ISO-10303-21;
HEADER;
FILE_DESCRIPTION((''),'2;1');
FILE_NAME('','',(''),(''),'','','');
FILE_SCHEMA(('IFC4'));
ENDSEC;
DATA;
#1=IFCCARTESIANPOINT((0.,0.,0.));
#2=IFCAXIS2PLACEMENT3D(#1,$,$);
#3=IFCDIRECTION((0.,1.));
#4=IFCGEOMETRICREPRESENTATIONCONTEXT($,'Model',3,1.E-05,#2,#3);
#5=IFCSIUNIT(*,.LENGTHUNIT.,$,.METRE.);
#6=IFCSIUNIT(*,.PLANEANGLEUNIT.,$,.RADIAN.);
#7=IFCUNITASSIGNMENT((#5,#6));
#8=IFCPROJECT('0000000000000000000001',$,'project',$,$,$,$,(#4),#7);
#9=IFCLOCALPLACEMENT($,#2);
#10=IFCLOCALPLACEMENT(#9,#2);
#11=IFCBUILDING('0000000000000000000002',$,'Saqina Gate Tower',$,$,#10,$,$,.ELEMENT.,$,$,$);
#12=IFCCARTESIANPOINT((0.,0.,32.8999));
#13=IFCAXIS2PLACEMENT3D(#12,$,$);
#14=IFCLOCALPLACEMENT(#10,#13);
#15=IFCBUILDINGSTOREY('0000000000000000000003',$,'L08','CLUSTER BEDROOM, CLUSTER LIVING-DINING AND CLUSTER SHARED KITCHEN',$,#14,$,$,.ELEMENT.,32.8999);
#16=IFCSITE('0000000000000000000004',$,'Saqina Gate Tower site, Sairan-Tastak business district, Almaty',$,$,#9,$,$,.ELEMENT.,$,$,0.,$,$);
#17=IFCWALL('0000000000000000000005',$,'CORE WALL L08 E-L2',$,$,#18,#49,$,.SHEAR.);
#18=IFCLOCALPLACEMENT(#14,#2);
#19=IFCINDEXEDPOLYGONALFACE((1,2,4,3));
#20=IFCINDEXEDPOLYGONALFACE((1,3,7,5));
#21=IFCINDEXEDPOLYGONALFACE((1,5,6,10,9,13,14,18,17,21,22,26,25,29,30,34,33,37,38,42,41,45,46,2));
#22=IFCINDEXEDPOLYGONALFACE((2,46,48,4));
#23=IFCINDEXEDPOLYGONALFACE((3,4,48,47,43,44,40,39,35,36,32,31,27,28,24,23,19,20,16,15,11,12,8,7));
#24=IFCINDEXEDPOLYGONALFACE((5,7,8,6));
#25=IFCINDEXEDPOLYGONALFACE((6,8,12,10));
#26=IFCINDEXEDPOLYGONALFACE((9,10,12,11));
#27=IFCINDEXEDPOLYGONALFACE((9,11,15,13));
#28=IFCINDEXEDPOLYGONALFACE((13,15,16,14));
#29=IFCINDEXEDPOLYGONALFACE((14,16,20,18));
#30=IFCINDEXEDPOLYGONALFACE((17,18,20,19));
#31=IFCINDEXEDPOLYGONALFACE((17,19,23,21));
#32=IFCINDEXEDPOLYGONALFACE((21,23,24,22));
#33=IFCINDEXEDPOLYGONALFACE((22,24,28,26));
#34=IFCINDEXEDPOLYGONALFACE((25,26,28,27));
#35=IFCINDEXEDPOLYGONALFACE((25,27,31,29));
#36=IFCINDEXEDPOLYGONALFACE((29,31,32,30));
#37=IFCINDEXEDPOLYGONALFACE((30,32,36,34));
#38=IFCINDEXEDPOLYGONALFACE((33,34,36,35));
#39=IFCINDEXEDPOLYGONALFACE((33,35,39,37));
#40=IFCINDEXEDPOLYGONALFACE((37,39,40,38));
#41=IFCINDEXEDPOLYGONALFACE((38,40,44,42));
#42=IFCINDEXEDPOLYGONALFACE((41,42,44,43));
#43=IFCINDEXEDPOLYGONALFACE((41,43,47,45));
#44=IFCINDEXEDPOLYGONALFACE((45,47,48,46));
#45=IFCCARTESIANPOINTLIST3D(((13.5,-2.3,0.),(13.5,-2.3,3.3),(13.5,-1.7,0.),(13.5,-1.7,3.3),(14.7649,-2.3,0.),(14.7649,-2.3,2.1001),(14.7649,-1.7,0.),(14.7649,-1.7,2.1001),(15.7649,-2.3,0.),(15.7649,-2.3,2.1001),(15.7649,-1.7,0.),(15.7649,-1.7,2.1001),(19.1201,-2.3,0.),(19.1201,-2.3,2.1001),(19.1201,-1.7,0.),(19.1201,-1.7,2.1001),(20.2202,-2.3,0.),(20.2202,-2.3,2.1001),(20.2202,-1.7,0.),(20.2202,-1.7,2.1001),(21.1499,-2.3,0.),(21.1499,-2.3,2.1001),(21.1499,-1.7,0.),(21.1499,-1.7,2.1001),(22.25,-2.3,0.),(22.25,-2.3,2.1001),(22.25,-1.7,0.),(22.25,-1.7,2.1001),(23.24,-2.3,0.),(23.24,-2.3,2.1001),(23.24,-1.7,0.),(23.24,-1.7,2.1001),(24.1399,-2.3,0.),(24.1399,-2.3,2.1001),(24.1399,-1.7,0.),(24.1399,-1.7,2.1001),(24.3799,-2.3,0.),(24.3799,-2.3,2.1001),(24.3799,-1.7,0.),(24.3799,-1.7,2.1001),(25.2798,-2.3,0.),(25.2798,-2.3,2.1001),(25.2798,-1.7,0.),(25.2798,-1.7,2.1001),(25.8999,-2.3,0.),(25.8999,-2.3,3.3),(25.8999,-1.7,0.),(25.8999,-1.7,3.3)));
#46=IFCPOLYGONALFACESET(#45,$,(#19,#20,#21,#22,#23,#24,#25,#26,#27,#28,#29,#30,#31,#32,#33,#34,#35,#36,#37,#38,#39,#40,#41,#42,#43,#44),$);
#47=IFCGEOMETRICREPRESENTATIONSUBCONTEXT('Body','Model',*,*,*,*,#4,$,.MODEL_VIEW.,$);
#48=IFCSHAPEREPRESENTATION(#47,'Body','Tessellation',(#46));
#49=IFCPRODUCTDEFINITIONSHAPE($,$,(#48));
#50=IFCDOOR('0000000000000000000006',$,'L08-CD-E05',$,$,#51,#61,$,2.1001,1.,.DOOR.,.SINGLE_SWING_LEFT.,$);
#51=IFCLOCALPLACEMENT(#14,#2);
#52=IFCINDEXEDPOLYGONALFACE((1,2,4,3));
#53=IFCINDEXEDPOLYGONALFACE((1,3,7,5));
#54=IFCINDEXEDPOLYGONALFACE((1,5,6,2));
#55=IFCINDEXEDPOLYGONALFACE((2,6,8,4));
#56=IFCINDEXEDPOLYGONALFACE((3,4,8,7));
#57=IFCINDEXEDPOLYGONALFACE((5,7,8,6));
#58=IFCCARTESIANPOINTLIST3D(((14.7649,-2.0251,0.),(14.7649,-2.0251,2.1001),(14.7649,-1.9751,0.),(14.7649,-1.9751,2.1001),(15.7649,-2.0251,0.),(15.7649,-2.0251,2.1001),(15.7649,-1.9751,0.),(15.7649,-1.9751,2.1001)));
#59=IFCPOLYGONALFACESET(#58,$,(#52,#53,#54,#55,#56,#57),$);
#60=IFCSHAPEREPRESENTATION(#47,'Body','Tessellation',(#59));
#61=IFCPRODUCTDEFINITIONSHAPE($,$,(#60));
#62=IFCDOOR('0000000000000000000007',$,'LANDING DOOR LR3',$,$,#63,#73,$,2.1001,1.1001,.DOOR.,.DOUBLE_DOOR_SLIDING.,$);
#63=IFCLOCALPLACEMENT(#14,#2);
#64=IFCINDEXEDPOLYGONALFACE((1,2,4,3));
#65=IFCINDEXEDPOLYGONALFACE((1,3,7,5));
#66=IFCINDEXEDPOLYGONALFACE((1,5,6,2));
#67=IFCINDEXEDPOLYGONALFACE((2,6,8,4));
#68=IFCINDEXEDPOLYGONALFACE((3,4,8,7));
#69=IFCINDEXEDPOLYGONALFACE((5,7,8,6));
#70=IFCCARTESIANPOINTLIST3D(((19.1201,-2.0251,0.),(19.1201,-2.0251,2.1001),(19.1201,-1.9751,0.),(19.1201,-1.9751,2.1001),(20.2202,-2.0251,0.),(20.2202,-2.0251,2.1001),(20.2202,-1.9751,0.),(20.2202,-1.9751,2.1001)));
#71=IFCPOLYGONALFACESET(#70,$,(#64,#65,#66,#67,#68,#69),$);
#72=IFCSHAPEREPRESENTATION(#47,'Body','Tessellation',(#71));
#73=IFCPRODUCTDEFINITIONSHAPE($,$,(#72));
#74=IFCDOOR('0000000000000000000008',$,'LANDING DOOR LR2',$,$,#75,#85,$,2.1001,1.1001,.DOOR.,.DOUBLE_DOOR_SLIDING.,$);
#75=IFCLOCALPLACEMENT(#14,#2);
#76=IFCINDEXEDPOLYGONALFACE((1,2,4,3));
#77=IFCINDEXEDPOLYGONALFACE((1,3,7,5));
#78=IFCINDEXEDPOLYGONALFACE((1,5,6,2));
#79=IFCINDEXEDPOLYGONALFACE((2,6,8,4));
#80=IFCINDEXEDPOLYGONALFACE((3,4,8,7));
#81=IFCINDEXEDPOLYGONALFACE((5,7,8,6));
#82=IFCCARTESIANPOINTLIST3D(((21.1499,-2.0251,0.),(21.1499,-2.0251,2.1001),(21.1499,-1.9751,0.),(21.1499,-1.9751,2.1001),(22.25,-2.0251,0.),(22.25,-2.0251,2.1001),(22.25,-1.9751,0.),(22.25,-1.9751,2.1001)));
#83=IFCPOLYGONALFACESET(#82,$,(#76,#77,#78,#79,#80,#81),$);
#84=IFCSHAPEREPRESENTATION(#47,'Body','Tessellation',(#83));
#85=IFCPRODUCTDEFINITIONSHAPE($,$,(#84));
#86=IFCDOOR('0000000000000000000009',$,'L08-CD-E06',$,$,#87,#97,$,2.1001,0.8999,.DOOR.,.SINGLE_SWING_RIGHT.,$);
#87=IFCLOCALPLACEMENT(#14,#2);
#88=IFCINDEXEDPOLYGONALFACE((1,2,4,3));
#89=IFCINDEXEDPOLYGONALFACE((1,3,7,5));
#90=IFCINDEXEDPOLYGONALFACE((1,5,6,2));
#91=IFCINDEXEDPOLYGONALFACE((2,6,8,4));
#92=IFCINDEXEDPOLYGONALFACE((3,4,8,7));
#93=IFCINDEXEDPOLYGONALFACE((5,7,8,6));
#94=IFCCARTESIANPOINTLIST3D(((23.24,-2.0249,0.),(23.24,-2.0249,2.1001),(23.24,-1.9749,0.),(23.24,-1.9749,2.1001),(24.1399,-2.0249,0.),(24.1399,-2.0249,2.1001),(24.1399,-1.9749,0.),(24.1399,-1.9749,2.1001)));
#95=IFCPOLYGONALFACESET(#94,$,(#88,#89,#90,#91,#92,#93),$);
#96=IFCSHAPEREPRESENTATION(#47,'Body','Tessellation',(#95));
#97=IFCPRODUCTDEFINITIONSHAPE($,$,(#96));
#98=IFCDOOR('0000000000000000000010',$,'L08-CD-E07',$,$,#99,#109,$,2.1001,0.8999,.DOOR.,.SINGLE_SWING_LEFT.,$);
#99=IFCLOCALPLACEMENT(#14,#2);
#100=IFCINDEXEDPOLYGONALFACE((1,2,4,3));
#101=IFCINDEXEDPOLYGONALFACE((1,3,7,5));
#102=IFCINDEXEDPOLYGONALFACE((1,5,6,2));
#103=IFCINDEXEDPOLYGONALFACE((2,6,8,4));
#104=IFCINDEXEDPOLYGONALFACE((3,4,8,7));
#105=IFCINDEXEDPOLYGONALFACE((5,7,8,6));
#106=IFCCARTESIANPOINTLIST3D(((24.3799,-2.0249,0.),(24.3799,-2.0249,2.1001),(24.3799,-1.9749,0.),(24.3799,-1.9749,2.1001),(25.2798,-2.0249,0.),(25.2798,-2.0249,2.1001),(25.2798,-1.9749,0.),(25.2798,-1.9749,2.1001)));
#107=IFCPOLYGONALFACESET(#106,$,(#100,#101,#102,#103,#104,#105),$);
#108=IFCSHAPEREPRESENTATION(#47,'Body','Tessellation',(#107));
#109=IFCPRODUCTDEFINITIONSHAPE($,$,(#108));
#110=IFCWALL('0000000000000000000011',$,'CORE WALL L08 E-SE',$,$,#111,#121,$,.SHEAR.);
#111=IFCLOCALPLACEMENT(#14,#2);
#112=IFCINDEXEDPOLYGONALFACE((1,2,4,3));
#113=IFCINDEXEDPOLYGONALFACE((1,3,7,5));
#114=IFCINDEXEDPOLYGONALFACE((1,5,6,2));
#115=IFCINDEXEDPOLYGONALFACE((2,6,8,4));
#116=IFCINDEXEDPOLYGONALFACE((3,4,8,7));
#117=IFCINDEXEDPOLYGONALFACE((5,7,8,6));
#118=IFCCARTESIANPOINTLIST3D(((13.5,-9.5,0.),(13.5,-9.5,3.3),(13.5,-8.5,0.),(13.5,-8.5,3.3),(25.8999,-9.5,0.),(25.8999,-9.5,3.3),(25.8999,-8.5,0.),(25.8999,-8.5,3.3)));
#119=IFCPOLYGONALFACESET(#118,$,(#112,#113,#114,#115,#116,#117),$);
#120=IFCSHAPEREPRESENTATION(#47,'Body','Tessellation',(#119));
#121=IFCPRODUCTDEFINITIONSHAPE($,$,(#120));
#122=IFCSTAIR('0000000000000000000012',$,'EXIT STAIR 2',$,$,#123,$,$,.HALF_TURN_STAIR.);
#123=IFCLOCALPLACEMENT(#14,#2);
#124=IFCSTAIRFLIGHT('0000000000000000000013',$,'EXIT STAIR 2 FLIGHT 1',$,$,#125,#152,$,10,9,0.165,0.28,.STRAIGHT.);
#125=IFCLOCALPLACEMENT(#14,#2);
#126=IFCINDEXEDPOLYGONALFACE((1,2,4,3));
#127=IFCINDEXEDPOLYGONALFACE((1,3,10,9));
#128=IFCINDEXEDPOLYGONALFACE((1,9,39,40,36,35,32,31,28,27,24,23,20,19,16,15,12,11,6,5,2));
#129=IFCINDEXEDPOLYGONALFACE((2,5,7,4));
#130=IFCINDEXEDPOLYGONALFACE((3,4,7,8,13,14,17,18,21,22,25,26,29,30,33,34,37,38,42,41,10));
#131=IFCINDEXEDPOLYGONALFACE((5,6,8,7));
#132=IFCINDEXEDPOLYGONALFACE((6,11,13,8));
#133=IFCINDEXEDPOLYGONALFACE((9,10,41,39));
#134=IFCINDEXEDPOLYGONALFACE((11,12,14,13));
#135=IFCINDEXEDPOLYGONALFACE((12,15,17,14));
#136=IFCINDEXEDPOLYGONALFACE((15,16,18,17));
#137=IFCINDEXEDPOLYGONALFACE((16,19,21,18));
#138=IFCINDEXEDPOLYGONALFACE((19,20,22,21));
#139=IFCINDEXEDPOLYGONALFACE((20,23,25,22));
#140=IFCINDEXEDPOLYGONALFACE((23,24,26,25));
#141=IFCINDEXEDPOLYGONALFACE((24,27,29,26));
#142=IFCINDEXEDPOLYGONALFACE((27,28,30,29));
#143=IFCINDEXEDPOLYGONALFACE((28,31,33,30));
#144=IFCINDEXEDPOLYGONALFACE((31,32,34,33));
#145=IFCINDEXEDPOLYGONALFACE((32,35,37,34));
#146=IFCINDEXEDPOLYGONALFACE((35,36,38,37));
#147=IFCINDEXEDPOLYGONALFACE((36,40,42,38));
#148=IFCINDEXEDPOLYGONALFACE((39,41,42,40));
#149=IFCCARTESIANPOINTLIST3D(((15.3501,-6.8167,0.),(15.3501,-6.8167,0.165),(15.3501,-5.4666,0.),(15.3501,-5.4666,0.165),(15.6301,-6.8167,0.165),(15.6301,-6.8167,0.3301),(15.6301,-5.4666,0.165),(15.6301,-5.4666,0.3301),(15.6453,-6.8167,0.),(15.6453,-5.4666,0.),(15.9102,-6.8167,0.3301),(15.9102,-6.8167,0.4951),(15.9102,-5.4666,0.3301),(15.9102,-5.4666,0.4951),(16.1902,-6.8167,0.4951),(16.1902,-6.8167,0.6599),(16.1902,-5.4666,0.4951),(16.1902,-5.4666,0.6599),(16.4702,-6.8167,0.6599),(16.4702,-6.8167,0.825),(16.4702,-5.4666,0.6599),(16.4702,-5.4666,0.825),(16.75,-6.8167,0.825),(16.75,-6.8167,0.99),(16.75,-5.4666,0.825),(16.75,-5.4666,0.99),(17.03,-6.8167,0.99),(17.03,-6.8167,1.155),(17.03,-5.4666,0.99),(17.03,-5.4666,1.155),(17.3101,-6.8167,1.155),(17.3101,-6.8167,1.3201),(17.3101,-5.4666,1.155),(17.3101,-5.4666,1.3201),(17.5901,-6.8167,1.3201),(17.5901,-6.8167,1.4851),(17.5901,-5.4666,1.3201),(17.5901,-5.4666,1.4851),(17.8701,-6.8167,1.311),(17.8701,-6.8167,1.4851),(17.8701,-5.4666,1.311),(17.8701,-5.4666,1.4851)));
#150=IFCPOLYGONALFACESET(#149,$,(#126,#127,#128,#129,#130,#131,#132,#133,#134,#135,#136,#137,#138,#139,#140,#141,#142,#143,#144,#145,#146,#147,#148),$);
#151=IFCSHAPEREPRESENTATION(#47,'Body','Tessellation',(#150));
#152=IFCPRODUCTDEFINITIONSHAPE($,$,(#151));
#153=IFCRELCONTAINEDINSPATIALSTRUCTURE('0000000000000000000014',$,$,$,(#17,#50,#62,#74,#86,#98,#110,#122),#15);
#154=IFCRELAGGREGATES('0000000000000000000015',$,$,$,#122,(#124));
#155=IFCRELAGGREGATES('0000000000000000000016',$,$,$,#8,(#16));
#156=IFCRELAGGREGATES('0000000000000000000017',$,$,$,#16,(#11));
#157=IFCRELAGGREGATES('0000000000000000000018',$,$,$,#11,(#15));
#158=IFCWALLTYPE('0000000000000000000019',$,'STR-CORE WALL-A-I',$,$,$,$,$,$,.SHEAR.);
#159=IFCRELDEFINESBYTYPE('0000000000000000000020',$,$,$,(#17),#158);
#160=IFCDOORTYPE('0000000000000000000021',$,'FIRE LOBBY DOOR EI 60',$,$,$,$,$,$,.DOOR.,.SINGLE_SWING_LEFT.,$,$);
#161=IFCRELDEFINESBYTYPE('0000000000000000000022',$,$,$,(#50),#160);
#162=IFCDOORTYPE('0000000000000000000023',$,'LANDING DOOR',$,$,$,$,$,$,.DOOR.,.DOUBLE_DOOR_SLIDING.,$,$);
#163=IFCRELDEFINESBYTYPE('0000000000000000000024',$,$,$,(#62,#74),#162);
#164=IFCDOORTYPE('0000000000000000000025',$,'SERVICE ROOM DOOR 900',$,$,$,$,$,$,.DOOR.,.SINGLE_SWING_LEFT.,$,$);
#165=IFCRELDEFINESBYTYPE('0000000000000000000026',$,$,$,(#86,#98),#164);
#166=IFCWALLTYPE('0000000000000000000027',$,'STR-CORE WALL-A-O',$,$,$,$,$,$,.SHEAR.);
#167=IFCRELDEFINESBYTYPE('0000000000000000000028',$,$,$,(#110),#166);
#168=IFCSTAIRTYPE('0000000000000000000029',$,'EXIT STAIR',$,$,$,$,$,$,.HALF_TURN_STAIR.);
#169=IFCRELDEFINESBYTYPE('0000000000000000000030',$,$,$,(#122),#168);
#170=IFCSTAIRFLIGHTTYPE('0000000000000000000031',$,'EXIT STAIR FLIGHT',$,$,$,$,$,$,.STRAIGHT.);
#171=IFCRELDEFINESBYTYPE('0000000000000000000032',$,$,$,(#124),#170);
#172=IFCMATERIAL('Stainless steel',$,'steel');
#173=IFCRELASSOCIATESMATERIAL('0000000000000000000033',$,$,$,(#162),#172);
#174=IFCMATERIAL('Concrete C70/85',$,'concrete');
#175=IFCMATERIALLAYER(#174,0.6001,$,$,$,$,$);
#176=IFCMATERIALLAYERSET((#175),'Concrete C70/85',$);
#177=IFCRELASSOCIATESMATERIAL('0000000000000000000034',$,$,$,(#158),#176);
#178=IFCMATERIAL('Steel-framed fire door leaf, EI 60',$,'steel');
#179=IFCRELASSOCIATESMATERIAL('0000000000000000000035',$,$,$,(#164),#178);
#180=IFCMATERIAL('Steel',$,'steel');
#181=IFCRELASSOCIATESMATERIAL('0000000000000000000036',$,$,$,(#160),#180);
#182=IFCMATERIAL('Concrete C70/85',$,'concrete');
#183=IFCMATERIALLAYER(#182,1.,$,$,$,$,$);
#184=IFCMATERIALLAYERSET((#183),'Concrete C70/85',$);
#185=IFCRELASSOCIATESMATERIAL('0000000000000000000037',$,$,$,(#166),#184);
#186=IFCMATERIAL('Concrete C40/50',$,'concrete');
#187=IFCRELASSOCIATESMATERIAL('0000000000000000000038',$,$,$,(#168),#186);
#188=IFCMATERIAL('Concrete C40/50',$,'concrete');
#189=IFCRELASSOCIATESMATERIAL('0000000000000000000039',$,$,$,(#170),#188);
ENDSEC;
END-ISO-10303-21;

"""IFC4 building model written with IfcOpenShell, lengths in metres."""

from ifc_helpers import new_model, si_unit, direction, frame, frame_2d, origin, place, context, subcontext, project, spatial, polyline, rectangle, outline, extrude, material, layer, layer_set, type_object, element, fill, aggregate, save


model = new_model("IFC4")

# Units and contexts
model_context = context("Model", 3, precision=1e-05, world=origin(), true_north=direction((0.0, 1.0)))
body_context = subcontext(model_context, "Body", "Model", "MODEL_VIEW")
ifc_project = project(units=[si_unit("LENGTHUNIT", "METRE"), si_unit("PLANEANGLEUNIT", "RADIAN")], contexts=[model_context])

# Site, building, storey
site_placement = place(None, origin())
site = spatial("IfcSite", under=ifc_project, at=site_placement, Name="Saqina Gate Tower site, Sairan-Tastak business district, Almaty", CompositionType="ELEMENT", RefElevation=0.0)
building_placement = place(site_placement, origin())
building = spatial("IfcBuilding", under=site, at=building_placement, Name="Saqina Gate Tower", CompositionType="ELEMENT")
storey_placement = place(building_placement, frame((0.0, 0.0, 32.8999)))
storey = spatial("IfcBuildingStorey", under=building, at=storey_placement, Name="L08", Description="CLUSTER BEDROOM, CLUSTER LIVING-DINING AND CLUSTER SHARED KITCHEN", CompositionType="ELEMENT", Elevation=32.8999)

# Shared definitions
ifc_material_1 = material(Name="Stainless steel", Category="steel")
door_type_1 = type_object("IfcDoorType", Name="LANDING DOOR", OperationType="DOUBLE_DOOR_SLIDING", PredefinedType="DOOR", material=ifc_material_1)

# Wall, openings, doors
ifc_material_2 = material(Name="Concrete C70/85", Category="concrete")
ifc_layer_1 = layer(ifc_material_2, 0.6001)
ifc_layer_set_1 = layer_set([ifc_layer_1], Name="Concrete C70/85")
wall_type_1 = type_object("IfcWallType", Name="STR-CORE WALL-A-I", PredefinedType="SHEAR", material=ifc_layer_set_1)
ifc_material_3 = material(Name="Steel-framed fire door leaf, EI 60", Category="steel")
door_type_2 = type_object("IfcDoorType", Name="SERVICE ROOM DOOR 900", OperationType="SINGLE_SWING_LEFT", PredefinedType="DOOR", material=ifc_material_3)
wall_1_placement = place(storey_placement, frame((13.5, -2.0, 0.0), z_axis=(0.0, 0.0, 1.0), x_axis=(1.0, 0.0, 0.0)))
wall_1 = element("IfcWall", 1, at=wall_1_placement, inside=storey, type_object=wall_type_1, Name="CORE WALL L08 E-L2", PredefinedType="SHEAR", context=body_context, shape_type="SweptSolid", body=[
    extrude(rectangle(XDim=12.3999, YDim=0.6001, at=frame_2d((6.2, 0.0))), origin(), (0.0, 0.0, 1.0), 3.3),
])
opening_1_placement = place(wall_1_placement, frame((5.6201, 0.0, 0.0)))
opening_1 = element("IfcOpeningElement", 2, at=opening_1_placement, cuts=wall_1, PredefinedType="OPENING", context=body_context, shape_type="SweptSolid", body=[
    extrude(rectangle(XDim=1.1001, YDim=2.1001, at=frame_2d((0.55, 1.05))), frame((0.0, 0.312, 0.0), z_axis=(0.0, -1.0, 0.0), x_axis=(1.0, 0.0, 0.0)), (0.0, 0.0, 1.0), 0.624),
])
opening_2_placement = place(wall_1_placement, frame((7.6499, 0.0, 0.0)))
opening_2 = element("IfcOpeningElement", 3, at=opening_2_placement, cuts=wall_1, PredefinedType="OPENING", context=body_context, shape_type="SweptSolid", body=[
    extrude(rectangle(XDim=1.1001, YDim=2.1001, at=frame_2d((0.55, 1.05))), frame((0.0, 0.312, 0.0), z_axis=(0.0, -1.0, 0.0), x_axis=(1.0, 0.0, 0.0)), (0.0, 0.0, 1.0), 0.624),
])
opening_3_placement = place(wall_1_placement, frame((1.2649, 0.0, 0.0)))
opening_3 = element("IfcOpeningElement", 4, at=opening_3_placement, cuts=wall_1, PredefinedType="OPENING", context=body_context, shape_type="SweptSolid", body=[
    extrude(rectangle(XDim=1.0, YDim=2.1001, at=frame_2d((0.5, 1.05))), frame((0.0, 0.312, 0.0), z_axis=(0.0, -1.0, 0.0), x_axis=(1.0, 0.0, 0.0)), (0.0, 0.0, 1.0), 0.624),
])
opening_4_placement = place(wall_1_placement, frame((9.74, 0.0, 0.0)))
opening_4 = element("IfcOpeningElement", 5, at=opening_4_placement, cuts=wall_1, PredefinedType="OPENING", context=body_context, shape_type="SweptSolid", body=[
    extrude(rectangle(XDim=0.8999, YDim=2.1001, at=frame_2d((0.45, 1.05))), frame((0.0, 0.312, 0.0), z_axis=(0.0, -1.0, 0.0), x_axis=(1.0, 0.0, 0.0)), (0.0, 0.0, 1.0), 0.624),
])
opening_5_placement = place(wall_1_placement, frame((10.8799, 0.0, 0.0)))
opening_5 = element("IfcOpeningElement", 6, at=opening_5_placement, cuts=wall_1, PredefinedType="OPENING", context=body_context, shape_type="SweptSolid", body=[
    extrude(rectangle(XDim=0.8999, YDim=2.1001, at=frame_2d((0.45, 1.05))), frame((0.0, 0.312, 0.0), z_axis=(0.0, -1.0, 0.0), x_axis=(1.0, 0.0, 0.0)), (0.0, 0.0, 1.0), 0.624),
])
ifc_material_4 = material(Name="Steel", Category="steel")
door_type_3 = type_object("IfcDoorType", Name="FIRE LOBBY DOOR EI 60", OperationType="SINGLE_SWING_LEFT", PredefinedType="DOOR", material=ifc_material_4)
door_1_placement = place(opening_3_placement, origin())
door_1 = element("IfcDoor", 7, at=door_1_placement, inside=storey, type_object=door_type_3, Name="L08-CD-E05", OperationType="SINGLE_SWING_LEFT", OverallHeight=2.1001, OverallWidth=1.0, PredefinedType="DOOR", context=body_context, shape_type="SweptSolid", body=[
    extrude(rectangle(XDim=1.0, YDim=2.1001, at=frame_2d((0.5, 1.05))), frame((0.0, 0.0249, 0.0), z_axis=(0.0, -1.0, 0.0), x_axis=(1.0, 0.0, 0.0)), (0.0, 0.0, 1.0), 0.05),
])
fill(opening_3, door_1)
door_2_placement = place(opening_1_placement, origin())
door_2 = element("IfcDoor", 8, at=door_2_placement, inside=storey, type_object=door_type_1, Name="LANDING DOOR LR3", OperationType="DOUBLE_DOOR_SLIDING", OverallHeight=2.1001, OverallWidth=1.1001, PredefinedType="DOOR", context=body_context, shape_type="SweptSolid", body=[
    extrude(rectangle(XDim=1.1001, YDim=2.1001, at=frame_2d((0.55, 1.05))), frame((0.0, 0.0249, 0.0), z_axis=(0.0, -1.0, 0.0), x_axis=(1.0, 0.0, 0.0)), (0.0, 0.0, 1.0), 0.05),
])
fill(opening_1, door_2)
door_3_placement = place(opening_2_placement, origin())
door_3 = element("IfcDoor", 9, at=door_3_placement, inside=storey, type_object=door_type_1, Name="LANDING DOOR LR2", OperationType="DOUBLE_DOOR_SLIDING", OverallHeight=2.1001, OverallWidth=1.1001, PredefinedType="DOOR", context=body_context, shape_type="SweptSolid", body=[
    extrude(rectangle(XDim=1.1001, YDim=2.1001, at=frame_2d((0.55, 1.05))), frame((0.0, 0.0249, 0.0), z_axis=(0.0, -1.0, 0.0), x_axis=(1.0, 0.0, 0.0)), (0.0, 0.0, 1.0), 0.05),
])
fill(opening_2, door_3)
door_4_placement = place(opening_4_placement, frame((0.8999, 0.0, 0.0), z_axis=(0.0, 0.0, 1.0), x_axis=(-1.0, 0.0, 0.0)))
door_4 = element("IfcDoor", 10, at=door_4_placement, inside=storey, type_object=door_type_2, Name="L08-CD-E06", OperationType="SINGLE_SWING_RIGHT", OverallHeight=2.1001, OverallWidth=0.8999, PredefinedType="DOOR", context=body_context, shape_type="SweptSolid", body=[
    extrude(rectangle(XDim=0.8999, YDim=2.1001, at=frame_2d((0.45, 1.05))), frame((0.0, 0.0249, 0.0), z_axis=(0.0, -1.0, 0.0), x_axis=(1.0, 0.0, 0.0)), (0.0, 0.0, 1.0), 0.05),
])
fill(opening_4, door_4)
door_5_placement = place(opening_5_placement, frame((0.8999, 0.0, 0.0), z_axis=(0.0, 0.0, 1.0), x_axis=(-1.0, 0.0, 0.0)))
door_5 = element("IfcDoor", 11, at=door_5_placement, inside=storey, type_object=door_type_2, Name="L08-CD-E07", OperationType="SINGLE_SWING_LEFT", OverallHeight=2.1001, OverallWidth=0.8999, PredefinedType="DOOR", context=body_context, shape_type="SweptSolid", body=[
    extrude(rectangle(XDim=0.8999, YDim=2.1001, at=frame_2d((0.45, 1.05))), frame((0.0, 0.0249, 0.0), z_axis=(0.0, -1.0, 0.0), x_axis=(1.0, 0.0, 0.0)), (0.0, 0.0, 1.0), 0.05),
])
fill(opening_5, door_5)
ifc_material_5 = material(Name="Concrete C70/85", Category="concrete")
ifc_layer_2 = layer(ifc_material_5, 1.0)
ifc_layer_set_2 = layer_set([ifc_layer_2], Name="Concrete C70/85")
wall_type_2 = type_object("IfcWallType", Name="STR-CORE WALL-A-O", PredefinedType="SHEAR", material=ifc_layer_set_2)

# Wall
wall_2_placement = place(storey_placement, frame((13.5, -9.0, 0.0), z_axis=(0.0, 0.0, 1.0), x_axis=(1.0, 0.0, 0.0)))
element("IfcWall", 12, at=wall_2_placement, inside=storey, type_object=wall_type_2, Name="CORE WALL L08 E-SE", PredefinedType="SHEAR", context=body_context, shape_type="SweptSolid", body=[
    extrude(rectangle(XDim=12.3999, YDim=1.0, at=frame_2d((6.2, 0.0))), origin(), (0.0, 0.0, 1.0), 3.3),
])

# Stair, stair flight
ifc_material_6 = material(Name="Concrete C40/50", Category="concrete")
stair_type = type_object("IfcStairType", Name="EXIT STAIR", PredefinedType="HALF_TURN_STAIR", material=ifc_material_6)
stair_placement = place(storey_placement, origin())
stair = element("IfcStair", 13, at=stair_placement, inside=storey, type_object=stair_type, Name="EXIT STAIR 2", PredefinedType="HALF_TURN_STAIR")
ifc_material_7 = material(Name="Concrete C40/50", Category="concrete")
stair_flight_type = type_object("IfcStairFlightType", Name="EXIT STAIR FLIGHT", PredefinedType="STRAIGHT", material=ifc_material_7)
stair_flight_1_placement = place(storey_placement, frame((15.3501, -6.1416, 0.0), z_axis=(0.0, 0.0, 1.0), x_axis=(1.0, 0.0, 0.0)))
stair_flight_1 = element("IfcStairFlight", 14, at=stair_flight_1_placement, type_object=stair_flight_type, Name="EXIT STAIR 2 FLIGHT 1", NumberOfRisers=10, NumberOfTreads=9, PredefinedType="STRAIGHT", RiserHeight=0.165, TreadLength=0.28, context=body_context, shape_type="SweptSolid", body=[
    extrude(outline(polyline([(0.0, 0.0), (0.0, 0.165), (0.28, 0.165), (0.28, 0.3301), (0.5601, 0.3301), (0.5601, 0.4951), (0.8401, 0.4951), (0.8401, 0.6599), (1.1201, 0.6599), (1.1201, 0.825), (1.3999, 0.825), (1.3999, 0.99), (1.6799, 0.99), (1.6799, 1.155), (1.96, 1.155), (1.96, 1.3201), (2.24, 1.3201), (2.24, 1.4851), (2.52, 1.4851), (2.52, 1.6499), (2.52, 1.311), (0.2952, 0.0), (0.0, 0.0)])), frame((0.0, 0.675, 0.0), z_axis=(0.0, -1.0, 0.0), x_axis=(1.0, 0.0, 0.0)), (0.0, 0.0, 1.0), 1.3501),
])
aggregate(stair, [stair_flight_1])

save(model, "model.ifc")
